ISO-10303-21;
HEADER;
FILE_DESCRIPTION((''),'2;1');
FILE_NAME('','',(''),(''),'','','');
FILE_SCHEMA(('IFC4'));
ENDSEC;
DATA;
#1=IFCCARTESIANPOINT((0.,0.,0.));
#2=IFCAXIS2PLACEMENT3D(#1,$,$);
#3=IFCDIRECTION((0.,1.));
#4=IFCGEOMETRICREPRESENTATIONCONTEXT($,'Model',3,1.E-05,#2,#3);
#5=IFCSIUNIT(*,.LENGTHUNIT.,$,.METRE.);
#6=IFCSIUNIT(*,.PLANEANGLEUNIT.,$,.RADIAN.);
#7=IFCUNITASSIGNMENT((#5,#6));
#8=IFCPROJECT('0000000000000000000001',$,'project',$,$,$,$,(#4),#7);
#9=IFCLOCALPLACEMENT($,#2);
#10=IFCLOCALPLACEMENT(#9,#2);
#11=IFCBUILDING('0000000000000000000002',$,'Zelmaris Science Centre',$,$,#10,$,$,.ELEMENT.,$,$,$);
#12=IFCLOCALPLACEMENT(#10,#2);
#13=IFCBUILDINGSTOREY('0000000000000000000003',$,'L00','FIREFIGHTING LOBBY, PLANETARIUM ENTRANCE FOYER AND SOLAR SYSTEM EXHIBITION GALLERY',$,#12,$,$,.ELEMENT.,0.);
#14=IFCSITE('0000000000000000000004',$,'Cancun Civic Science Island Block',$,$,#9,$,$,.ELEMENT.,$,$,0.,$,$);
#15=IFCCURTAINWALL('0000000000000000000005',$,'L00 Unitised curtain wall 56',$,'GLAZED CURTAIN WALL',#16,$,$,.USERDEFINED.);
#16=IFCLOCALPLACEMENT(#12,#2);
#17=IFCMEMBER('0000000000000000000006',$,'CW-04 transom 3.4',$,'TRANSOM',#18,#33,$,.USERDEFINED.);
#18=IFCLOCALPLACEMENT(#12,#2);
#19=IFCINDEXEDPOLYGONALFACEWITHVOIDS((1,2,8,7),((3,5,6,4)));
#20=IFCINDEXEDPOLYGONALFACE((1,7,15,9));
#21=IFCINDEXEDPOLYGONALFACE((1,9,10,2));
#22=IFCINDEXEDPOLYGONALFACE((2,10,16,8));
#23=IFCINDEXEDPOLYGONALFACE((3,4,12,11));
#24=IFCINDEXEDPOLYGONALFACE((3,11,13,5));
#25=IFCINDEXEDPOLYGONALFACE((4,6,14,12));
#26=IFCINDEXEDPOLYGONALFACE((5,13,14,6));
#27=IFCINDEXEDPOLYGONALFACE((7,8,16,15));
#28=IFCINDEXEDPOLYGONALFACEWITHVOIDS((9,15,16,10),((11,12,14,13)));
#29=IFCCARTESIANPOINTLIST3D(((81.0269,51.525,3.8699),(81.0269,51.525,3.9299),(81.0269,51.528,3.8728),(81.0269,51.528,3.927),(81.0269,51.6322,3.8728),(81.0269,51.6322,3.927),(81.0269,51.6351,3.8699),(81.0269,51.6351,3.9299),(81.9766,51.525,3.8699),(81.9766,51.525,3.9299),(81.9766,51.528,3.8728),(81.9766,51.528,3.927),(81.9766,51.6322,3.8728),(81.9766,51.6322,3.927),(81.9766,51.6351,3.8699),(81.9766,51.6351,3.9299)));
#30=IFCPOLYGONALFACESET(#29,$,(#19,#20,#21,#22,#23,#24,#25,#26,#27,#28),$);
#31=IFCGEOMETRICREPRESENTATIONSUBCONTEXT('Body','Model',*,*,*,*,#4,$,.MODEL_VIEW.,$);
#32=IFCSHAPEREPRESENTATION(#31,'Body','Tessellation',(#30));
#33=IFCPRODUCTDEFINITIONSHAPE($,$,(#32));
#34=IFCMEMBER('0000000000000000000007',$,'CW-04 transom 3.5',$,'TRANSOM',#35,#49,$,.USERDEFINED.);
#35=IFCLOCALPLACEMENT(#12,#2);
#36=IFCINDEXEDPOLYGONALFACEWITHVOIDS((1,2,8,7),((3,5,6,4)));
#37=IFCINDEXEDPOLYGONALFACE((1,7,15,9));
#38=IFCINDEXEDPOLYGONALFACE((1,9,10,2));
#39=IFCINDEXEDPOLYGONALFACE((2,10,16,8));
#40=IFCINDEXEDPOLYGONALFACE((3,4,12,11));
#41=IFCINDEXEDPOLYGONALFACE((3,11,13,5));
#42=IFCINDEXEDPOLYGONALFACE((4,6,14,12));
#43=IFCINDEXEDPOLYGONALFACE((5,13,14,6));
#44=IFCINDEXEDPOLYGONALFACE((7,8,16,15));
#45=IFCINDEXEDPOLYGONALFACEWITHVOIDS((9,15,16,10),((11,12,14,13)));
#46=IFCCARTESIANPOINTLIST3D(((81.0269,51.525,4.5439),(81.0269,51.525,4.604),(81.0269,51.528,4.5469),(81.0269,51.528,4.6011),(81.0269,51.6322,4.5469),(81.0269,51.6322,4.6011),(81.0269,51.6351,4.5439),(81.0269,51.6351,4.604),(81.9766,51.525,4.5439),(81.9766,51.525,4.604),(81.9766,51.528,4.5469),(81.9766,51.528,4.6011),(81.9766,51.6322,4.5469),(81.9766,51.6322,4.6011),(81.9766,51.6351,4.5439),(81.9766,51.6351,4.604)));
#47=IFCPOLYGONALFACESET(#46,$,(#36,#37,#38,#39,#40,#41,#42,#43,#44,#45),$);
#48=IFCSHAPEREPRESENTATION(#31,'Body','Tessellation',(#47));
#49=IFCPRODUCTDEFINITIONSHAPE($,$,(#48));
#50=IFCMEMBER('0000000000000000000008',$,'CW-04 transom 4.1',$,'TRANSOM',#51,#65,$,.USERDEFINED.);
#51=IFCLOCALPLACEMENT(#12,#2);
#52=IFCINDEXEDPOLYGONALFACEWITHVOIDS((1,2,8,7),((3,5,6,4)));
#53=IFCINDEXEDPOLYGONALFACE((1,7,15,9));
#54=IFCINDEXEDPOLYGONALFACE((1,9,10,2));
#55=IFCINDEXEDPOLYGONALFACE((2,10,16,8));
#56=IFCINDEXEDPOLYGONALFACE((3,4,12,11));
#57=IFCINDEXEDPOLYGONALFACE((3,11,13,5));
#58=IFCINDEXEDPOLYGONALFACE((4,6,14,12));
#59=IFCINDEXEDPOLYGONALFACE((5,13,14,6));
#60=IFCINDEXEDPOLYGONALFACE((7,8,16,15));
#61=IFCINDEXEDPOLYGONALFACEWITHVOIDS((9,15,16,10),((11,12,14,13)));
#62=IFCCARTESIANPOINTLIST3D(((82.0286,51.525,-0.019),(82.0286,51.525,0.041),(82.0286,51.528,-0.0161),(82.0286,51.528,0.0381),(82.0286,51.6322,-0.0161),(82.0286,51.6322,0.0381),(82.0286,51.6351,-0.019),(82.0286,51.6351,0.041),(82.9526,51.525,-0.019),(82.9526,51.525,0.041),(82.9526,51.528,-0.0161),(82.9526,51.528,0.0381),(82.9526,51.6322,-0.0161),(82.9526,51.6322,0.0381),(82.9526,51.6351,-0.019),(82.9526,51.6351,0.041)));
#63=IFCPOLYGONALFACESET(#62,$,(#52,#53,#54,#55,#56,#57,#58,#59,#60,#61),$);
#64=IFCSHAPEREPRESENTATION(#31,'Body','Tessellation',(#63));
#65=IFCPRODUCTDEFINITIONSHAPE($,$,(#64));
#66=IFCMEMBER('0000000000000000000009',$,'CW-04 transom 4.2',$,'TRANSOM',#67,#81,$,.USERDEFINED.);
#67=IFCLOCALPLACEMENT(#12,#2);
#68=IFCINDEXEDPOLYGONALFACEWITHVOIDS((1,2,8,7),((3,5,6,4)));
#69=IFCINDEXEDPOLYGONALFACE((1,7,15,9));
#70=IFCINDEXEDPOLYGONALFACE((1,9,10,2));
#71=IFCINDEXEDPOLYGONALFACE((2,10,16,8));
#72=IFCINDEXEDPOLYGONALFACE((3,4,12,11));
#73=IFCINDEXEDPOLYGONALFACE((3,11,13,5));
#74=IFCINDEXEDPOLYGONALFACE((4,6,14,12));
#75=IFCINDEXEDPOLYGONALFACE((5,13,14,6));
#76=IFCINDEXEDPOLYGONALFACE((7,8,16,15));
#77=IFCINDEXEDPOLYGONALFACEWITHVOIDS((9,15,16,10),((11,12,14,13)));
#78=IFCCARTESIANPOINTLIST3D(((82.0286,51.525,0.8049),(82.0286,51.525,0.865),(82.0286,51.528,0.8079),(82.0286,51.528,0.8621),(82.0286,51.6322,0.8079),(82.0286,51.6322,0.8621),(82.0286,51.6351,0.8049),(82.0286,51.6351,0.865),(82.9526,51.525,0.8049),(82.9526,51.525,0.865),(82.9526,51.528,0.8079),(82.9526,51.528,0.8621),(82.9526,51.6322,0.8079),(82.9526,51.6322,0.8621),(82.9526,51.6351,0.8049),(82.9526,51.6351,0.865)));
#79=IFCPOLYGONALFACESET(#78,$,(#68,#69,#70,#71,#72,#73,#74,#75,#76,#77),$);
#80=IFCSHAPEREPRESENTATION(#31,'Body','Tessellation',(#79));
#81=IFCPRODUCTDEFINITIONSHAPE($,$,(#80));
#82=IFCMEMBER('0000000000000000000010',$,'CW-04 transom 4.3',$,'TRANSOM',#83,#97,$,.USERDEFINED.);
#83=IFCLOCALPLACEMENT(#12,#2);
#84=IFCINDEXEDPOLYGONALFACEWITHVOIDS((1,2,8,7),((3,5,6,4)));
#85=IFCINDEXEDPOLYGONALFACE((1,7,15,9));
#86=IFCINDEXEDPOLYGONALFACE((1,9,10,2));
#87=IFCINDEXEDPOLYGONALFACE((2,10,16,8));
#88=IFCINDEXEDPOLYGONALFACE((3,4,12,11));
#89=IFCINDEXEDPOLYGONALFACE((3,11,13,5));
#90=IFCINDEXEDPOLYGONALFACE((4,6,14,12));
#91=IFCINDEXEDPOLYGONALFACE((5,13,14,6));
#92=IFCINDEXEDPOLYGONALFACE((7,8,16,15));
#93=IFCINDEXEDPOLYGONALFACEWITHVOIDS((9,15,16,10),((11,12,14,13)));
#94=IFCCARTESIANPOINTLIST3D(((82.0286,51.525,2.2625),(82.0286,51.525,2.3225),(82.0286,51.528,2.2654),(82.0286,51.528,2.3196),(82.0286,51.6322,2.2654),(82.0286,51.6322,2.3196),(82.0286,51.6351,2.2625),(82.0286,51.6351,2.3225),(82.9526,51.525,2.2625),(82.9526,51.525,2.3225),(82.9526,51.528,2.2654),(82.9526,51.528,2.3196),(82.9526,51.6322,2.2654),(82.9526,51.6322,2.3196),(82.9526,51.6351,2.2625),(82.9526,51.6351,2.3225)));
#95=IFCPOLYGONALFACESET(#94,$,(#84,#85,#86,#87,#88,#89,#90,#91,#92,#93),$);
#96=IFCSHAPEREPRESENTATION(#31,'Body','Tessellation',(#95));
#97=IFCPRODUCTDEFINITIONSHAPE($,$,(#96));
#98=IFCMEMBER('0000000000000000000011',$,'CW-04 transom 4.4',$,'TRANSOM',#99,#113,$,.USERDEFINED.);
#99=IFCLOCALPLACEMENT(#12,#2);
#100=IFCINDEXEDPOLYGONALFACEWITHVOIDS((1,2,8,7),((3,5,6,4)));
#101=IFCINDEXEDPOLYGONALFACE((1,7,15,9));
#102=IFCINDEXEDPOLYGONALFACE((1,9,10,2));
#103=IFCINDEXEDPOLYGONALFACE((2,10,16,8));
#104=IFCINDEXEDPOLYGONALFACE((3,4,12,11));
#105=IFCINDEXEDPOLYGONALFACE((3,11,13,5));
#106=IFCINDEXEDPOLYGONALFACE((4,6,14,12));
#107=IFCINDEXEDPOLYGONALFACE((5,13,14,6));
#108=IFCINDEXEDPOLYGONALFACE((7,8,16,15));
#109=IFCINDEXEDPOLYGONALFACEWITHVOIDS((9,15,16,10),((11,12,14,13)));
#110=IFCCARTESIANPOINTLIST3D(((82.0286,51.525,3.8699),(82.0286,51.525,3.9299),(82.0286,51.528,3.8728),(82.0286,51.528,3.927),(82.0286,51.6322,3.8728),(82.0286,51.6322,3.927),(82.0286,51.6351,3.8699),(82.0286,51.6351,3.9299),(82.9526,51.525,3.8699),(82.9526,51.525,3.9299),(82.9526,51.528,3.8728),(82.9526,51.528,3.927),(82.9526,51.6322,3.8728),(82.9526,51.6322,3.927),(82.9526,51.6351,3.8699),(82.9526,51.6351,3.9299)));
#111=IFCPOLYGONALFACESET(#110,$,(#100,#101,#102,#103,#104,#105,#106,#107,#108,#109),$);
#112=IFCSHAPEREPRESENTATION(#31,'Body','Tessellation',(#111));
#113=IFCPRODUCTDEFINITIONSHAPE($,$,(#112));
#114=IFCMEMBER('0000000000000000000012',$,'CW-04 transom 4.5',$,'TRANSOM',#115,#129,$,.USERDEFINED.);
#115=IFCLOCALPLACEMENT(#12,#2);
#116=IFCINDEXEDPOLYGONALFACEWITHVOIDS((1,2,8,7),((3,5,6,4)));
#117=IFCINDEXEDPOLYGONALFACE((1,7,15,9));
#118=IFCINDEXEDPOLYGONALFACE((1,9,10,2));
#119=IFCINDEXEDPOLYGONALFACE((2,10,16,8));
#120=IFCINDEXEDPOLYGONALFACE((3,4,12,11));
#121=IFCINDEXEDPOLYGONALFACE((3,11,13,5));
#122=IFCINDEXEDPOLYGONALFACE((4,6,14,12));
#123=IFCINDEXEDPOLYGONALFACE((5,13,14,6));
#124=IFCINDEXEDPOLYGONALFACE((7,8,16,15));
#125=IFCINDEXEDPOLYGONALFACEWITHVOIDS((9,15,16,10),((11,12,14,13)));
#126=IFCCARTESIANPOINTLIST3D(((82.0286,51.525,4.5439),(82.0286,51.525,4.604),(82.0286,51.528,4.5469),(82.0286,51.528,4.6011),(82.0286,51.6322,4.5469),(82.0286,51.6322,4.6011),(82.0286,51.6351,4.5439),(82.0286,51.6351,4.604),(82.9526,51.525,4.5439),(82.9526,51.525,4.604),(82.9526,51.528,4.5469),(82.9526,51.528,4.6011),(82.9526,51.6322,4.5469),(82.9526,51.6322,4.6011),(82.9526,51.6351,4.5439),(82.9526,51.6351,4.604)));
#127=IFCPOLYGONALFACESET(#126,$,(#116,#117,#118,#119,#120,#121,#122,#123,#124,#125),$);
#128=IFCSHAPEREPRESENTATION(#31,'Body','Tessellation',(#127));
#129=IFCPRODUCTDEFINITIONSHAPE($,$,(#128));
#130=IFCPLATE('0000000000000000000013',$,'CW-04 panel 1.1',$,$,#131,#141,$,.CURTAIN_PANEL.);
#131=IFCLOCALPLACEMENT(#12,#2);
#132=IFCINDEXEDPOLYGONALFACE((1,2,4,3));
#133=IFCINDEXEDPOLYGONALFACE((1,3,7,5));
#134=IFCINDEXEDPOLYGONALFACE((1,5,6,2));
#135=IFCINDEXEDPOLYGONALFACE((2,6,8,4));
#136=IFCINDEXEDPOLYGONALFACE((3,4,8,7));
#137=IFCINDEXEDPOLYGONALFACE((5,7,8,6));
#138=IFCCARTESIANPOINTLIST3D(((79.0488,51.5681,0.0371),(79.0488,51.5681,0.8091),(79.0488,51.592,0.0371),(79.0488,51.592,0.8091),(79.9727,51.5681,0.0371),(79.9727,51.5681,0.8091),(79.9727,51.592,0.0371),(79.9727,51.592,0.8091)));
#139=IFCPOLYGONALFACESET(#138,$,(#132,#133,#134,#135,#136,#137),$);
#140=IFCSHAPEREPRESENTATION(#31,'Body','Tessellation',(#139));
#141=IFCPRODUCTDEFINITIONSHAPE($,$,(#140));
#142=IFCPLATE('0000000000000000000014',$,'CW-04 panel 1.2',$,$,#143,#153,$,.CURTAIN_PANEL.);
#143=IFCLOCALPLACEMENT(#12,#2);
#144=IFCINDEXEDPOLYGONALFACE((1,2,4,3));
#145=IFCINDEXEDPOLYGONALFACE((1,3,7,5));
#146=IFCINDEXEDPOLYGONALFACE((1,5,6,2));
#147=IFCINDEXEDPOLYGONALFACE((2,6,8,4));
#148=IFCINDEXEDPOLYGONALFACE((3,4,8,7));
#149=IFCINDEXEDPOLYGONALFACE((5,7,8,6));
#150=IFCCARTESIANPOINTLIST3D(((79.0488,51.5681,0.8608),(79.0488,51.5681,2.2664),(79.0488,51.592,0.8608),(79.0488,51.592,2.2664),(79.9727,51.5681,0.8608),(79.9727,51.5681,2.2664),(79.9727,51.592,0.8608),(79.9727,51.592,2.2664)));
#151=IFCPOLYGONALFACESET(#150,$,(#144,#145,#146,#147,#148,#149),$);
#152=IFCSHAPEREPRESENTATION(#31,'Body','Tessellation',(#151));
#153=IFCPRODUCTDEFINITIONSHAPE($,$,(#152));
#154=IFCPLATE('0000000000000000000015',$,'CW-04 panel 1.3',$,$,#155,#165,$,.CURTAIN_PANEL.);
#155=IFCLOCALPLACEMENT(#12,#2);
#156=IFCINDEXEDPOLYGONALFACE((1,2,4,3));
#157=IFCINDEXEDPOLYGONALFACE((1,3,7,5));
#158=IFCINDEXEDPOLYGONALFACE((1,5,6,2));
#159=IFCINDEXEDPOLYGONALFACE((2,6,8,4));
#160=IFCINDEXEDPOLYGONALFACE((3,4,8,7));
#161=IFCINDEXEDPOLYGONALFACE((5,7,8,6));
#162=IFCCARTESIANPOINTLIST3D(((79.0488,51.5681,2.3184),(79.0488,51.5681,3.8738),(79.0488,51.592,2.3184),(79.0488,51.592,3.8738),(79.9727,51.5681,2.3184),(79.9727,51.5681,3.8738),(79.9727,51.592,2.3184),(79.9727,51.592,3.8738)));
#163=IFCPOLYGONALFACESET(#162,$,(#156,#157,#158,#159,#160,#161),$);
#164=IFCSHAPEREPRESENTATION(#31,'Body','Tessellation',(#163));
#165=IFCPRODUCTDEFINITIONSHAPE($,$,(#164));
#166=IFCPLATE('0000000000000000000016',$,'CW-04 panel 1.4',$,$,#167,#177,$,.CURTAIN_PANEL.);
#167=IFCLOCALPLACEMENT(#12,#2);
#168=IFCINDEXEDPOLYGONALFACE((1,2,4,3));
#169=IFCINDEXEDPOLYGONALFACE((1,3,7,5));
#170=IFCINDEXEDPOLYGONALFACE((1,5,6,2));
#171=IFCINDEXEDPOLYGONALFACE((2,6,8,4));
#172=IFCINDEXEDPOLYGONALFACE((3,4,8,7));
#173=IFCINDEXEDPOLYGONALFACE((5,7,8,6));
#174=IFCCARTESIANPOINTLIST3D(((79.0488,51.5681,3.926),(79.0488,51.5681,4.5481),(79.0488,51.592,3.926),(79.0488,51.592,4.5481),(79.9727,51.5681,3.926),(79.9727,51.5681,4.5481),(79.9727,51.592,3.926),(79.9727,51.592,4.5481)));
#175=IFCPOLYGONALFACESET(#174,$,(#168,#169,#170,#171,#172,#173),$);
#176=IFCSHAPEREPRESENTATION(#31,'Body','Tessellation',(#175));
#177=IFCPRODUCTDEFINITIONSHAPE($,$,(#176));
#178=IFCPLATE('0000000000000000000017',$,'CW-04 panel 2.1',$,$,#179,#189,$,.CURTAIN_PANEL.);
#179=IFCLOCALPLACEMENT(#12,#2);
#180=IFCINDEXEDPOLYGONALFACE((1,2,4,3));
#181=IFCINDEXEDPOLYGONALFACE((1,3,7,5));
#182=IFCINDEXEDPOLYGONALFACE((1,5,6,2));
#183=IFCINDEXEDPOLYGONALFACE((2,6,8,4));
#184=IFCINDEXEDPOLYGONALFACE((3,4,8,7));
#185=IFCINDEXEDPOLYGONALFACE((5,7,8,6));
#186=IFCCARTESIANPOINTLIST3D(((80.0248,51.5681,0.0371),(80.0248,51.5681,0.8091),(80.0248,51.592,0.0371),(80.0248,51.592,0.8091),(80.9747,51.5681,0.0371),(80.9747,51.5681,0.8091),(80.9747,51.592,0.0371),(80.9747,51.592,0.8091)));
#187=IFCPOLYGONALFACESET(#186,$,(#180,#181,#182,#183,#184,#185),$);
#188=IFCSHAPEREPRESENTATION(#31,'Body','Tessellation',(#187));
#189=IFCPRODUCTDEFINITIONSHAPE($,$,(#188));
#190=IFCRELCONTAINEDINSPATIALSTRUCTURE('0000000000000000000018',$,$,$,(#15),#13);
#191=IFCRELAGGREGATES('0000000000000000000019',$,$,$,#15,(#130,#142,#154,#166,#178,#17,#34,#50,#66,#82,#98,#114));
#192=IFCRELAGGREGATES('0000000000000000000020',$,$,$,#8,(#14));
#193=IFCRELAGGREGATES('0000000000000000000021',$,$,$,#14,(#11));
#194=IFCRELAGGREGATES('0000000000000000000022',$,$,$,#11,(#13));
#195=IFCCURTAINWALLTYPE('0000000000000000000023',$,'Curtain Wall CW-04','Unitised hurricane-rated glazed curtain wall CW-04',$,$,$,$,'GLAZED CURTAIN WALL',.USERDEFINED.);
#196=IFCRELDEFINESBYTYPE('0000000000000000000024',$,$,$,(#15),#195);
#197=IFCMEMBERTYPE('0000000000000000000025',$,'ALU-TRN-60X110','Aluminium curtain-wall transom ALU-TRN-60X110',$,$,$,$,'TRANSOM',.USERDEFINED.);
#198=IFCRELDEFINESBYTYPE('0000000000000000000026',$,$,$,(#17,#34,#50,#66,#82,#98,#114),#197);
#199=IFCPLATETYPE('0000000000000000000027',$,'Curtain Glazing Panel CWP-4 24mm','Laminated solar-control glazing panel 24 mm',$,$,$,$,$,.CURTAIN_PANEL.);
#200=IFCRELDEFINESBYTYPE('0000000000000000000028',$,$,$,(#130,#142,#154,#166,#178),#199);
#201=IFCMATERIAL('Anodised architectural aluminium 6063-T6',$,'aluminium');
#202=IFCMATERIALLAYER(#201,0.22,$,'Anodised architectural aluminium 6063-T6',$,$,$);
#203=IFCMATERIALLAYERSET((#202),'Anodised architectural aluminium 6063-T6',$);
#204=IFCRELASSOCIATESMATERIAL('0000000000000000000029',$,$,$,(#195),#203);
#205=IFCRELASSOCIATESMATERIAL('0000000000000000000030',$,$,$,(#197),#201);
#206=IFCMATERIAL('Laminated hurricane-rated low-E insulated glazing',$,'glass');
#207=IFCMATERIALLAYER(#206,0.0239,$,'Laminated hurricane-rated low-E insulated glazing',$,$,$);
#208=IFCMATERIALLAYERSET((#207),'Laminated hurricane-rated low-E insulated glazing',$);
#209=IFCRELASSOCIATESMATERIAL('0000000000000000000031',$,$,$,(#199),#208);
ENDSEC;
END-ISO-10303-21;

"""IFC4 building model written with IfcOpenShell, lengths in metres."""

from ifc_helpers import new_model, si_unit, direction, frame, origin, origin_2d, place, context, subcontext, project, spatial, rectangle, hollow_rectangle, extrude, material, layer, layer_set, material_profile, profile_set, type_object, element, aggregate, save


model = new_model("IFC4")

# Units and contexts
model_context = context("Model", 3, precision=1e-05, world=origin(), true_north=direction((0.0, 1.0)))
body_context = subcontext(model_context, "Body", "Model", "MODEL_VIEW")
ifc_project = project(units=[si_unit("LENGTHUNIT", "METRE"), si_unit("PLANEANGLEUNIT", "RADIAN")], contexts=[model_context])

# Site, building, storey
site_placement = place(None, origin())
site = spatial("IfcSite", under=ifc_project, at=site_placement, Name="Cancun Civic Science Island Block", CompositionType="ELEMENT", RefElevation=0.0)
building_placement = place(site_placement, origin())
building = spatial("IfcBuilding", under=site, at=building_placement, Name="Zelmaris Science Centre", CompositionType="ELEMENT")
storey_placement = place(building_placement, origin())
storey = spatial("IfcBuildingStorey", under=building, at=storey_placement, Name="L00", Description="FIREFIGHTING LOBBY, PLANETARIUM ENTRANCE FOYER AND SOLAR SYSTEM EXHIBITION GALLERY", CompositionType="ELEMENT", Elevation=0.0)

# Curtain wall, members, plates
ifc_material_1 = material(Name="Anodised architectural aluminium 6063-T6", Category="aluminium")
ifc_layer_1 = layer(ifc_material_1, 0.22, Name="Anodised architectural aluminium 6063-T6")
ifc_layer_set_1 = layer_set([ifc_layer_1], Name="Anodised architectural aluminium 6063-T6")
curtain_wall_type = type_object("IfcCurtainWallType", Name="Curtain Wall CW-04", Description="Unitised hurricane-rated glazed curtain wall CW-04", ElementType="GLAZED CURTAIN WALL", PredefinedType="USERDEFINED", material=ifc_layer_set_1)
curtain_wall_placement = place(storey_placement, origin())
curtain_wall = element("IfcCurtainWall", 1, at=curtain_wall_placement, inside=storey, type_object=curtain_wall_type, Name="L00 Unitised curtain wall 56", ObjectType="GLAZED CURTAIN WALL", PredefinedType="USERDEFINED")
ifc_material_profile_1 = material_profile(ifc_material_1, hollow_rectangle(XDim=0.0601, YDim=0.1101, WallThickness=0.0029, at=origin_2d()), Name="ALU-TRN-60X110")
ifc_profile_set_1 = profile_set([ifc_material_profile_1], Name="Anodised architectural aluminium 6063-T6")
member_type_1 = type_object("IfcMemberType", Name="ALU-TRN-60X110", Description="Aluminium curtain-wall transom ALU-TRN-60X110", ElementType="TRANSOM", PredefinedType="USERDEFINED", material=ifc_profile_set_1)
member_1_placement = place(storey_placement, frame((81.0269, 51.5801, 3.8999), z_axis=(1.0, 0.0, 0.0), x_axis=(0.0, 0.0, 1.0)))
member_1 = element("IfcMember", 2, at=member_1_placement, type_object=member_type_1, Name="CW-04 transom 3.4", ObjectType="TRANSOM", PredefinedType="USERDEFINED", context=body_context, shape_type="SweptSolid", body=[
    extrude(hollow_rectangle(XDim=0.0601, YDim=0.1101, WallThickness=0.0029, at=origin_2d()), origin(), (0.0, 0.0, 1.0), 0.9497),
])
member_2_placement = place(storey_placement, frame((81.0269, 51.5801, 4.574), z_axis=(1.0, 0.0, 0.0), x_axis=(0.0, 0.0, 1.0)))
member_2 = element("IfcMember", 3, at=member_2_placement, type_object=member_type_1, Name="CW-04 transom 3.5", ObjectType="TRANSOM", PredefinedType="USERDEFINED", context=body_context, shape_type="SweptSolid", body=[
    extrude(hollow_rectangle(XDim=0.0601, YDim=0.1101, WallThickness=0.0029, at=origin_2d()), origin(), (0.0, 0.0, 1.0), 0.9497),
])
member_3_placement = place(storey_placement, frame((82.0286, 51.5801, 0.011), z_axis=(1.0, 0.0, 0.0), x_axis=(0.0, 0.0, 1.0)))
member_3 = element("IfcMember", 4, at=member_3_placement, type_object=member_type_1, Name="CW-04 transom 4.1", ObjectType="TRANSOM", PredefinedType="USERDEFINED", context=body_context, shape_type="SweptSolid", body=[
    extrude(hollow_rectangle(XDim=0.0601, YDim=0.1101, WallThickness=0.0029, at=origin_2d()), origin(), (0.0, 0.0, 1.0), 0.9241),
])
member_4_placement = place(storey_placement, frame((82.0286, 51.5801, 0.835), z_axis=(1.0, 0.0, 0.0), x_axis=(0.0, 0.0, 1.0)))
member_4 = element("IfcMember", 5, at=member_4_placement, type_object=member_type_1, Name="CW-04 transom 4.2", ObjectType="TRANSOM", PredefinedType="USERDEFINED", context=body_context, shape_type="SweptSolid", body=[
    extrude(hollow_rectangle(XDim=0.0601, YDim=0.1101, WallThickness=0.0029, at=origin_2d()), origin(), (0.0, 0.0, 1.0), 0.9241),
])
member_5_placement = place(storey_placement, frame((82.0286, 51.5801, 2.2925), z_axis=(1.0, 0.0, 0.0), x_axis=(0.0, 0.0, 1.0)))
member_5 = element("IfcMember", 6, at=member_5_placement, type_object=member_type_1, Name="CW-04 transom 4.3", ObjectType="TRANSOM", PredefinedType="USERDEFINED", context=body_context, shape_type="SweptSolid", body=[
    extrude(hollow_rectangle(XDim=0.0601, YDim=0.1101, WallThickness=0.0029, at=origin_2d()), origin(), (0.0, 0.0, 1.0), 0.9241),
])
member_6_placement = place(storey_placement, frame((82.0286, 51.5801, 3.8999), z_axis=(1.0, 0.0, 0.0), x_axis=(0.0, 0.0, 1.0)))
member_6 = element("IfcMember", 7, at=member_6_placement, type_object=member_type_1, Name="CW-04 transom 4.4", ObjectType="TRANSOM", PredefinedType="USERDEFINED", context=body_context, shape_type="SweptSolid", body=[
    extrude(hollow_rectangle(XDim=0.0601, YDim=0.1101, WallThickness=0.0029, at=origin_2d()), origin(), (0.0, 0.0, 1.0), 0.9241),
])
member_7_placement = place(storey_placement, frame((82.0286, 51.5801, 4.574), z_axis=(1.0, 0.0, 0.0), x_axis=(0.0, 0.0, 1.0)))
member_7 = element("IfcMember", 8, at=member_7_placement, type_object=member_type_1, Name="CW-04 transom 4.5", ObjectType="TRANSOM", PredefinedType="USERDEFINED", context=body_context, shape_type="SweptSolid", body=[
    extrude(hollow_rectangle(XDim=0.0601, YDim=0.1101, WallThickness=0.0029, at=origin_2d()), origin(), (0.0, 0.0, 1.0), 0.9241),
])
ifc_material_2 = material(Name="Laminated hurricane-rated low-E insulated glazing", Category="glass")
ifc_layer_2 = layer(ifc_material_2, 0.0239, Name="Laminated hurricane-rated low-E insulated glazing")
ifc_layer_set_2 = layer_set([ifc_layer_2], Name="Laminated hurricane-rated low-E insulated glazing")
plate_type = type_object("IfcPlateType", Name="Curtain Glazing Panel CWP-4 24mm", Description="Laminated solar-control glazing panel 24 mm", PredefinedType="CURTAIN_PANEL", material=ifc_layer_set_2)
plate_1_placement = place(storey_placement, frame((79.5107, 51.5801, 0.0371), z_axis=(0.0, 0.0, 1.0), x_axis=(1.0, 0.0, 0.0)))
plate_1 = element("IfcPlate", 9, at=plate_1_placement, type_object=plate_type, Name="CW-04 panel 1.1", PredefinedType="CURTAIN_PANEL", context=body_context, shape_type="SweptSolid", body=[
    extrude(rectangle(XDim=0.9238, YDim=0.0239, at=origin_2d()), origin(), (0.0, 0.0, 1.0), 0.772),
])
plate_2_placement = place(storey_placement, frame((79.5107, 51.5801, 0.8608), z_axis=(0.0, 0.0, 1.0), x_axis=(1.0, 0.0, 0.0)))
plate_2 = element("IfcPlate", 10, at=plate_2_placement, type_object=plate_type, Name="CW-04 panel 1.2", PredefinedType="CURTAIN_PANEL", context=body_context, shape_type="SweptSolid", body=[
    extrude(rectangle(XDim=0.9238, YDim=0.0239, at=origin_2d()), origin(), (0.0, 0.0, 1.0), 1.4055),
])
plate_3_placement = place(storey_placement, frame((79.5107, 51.5801, 2.3184), z_axis=(0.0, 0.0, 1.0), x_axis=(1.0, 0.0, 0.0)))
plate_3 = element("IfcPlate", 11, at=plate_3_placement, type_object=plate_type, Name="CW-04 panel 1.3", PredefinedType="CURTAIN_PANEL", context=body_context, shape_type="SweptSolid", body=[
    extrude(rectangle(XDim=0.9238, YDim=0.0239, at=origin_2d()), origin(), (0.0, 0.0, 1.0), 1.5554),
])
plate_4_placement = place(storey_placement, frame((79.5107, 51.5801, 3.926), z_axis=(0.0, 0.0, 1.0), x_axis=(1.0, 0.0, 0.0)))
plate_4 = element("IfcPlate", 12, at=plate_4_placement, type_object=plate_type, Name="CW-04 panel 1.4", PredefinedType="CURTAIN_PANEL", context=body_context, shape_type="SweptSolid", body=[
    extrude(rectangle(XDim=0.9238, YDim=0.0239, at=origin_2d()), origin(), (0.0, 0.0, 1.0), 0.6221),
])
plate_5_placement = place(storey_placement, frame((80.4998, 51.5801, 0.0371), z_axis=(0.0, 0.0, 1.0), x_axis=(1.0, 0.0, 0.0)))
plate_5 = element("IfcPlate", 13, at=plate_5_placement, type_object=plate_type, Name="CW-04 panel 2.1", PredefinedType="CURTAIN_PANEL", context=body_context, shape_type="SweptSolid", body=[
    extrude(rectangle(XDim=0.95, YDim=0.0239, at=origin_2d()), origin(), (0.0, 0.0, 1.0), 0.772),
])
aggregate(curtain_wall, [plate_1, plate_2, plate_3, plate_4, plate_5, member_1, member_2, member_3, member_4, member_5, member_6, member_7])

save(model, "model.ifc")
